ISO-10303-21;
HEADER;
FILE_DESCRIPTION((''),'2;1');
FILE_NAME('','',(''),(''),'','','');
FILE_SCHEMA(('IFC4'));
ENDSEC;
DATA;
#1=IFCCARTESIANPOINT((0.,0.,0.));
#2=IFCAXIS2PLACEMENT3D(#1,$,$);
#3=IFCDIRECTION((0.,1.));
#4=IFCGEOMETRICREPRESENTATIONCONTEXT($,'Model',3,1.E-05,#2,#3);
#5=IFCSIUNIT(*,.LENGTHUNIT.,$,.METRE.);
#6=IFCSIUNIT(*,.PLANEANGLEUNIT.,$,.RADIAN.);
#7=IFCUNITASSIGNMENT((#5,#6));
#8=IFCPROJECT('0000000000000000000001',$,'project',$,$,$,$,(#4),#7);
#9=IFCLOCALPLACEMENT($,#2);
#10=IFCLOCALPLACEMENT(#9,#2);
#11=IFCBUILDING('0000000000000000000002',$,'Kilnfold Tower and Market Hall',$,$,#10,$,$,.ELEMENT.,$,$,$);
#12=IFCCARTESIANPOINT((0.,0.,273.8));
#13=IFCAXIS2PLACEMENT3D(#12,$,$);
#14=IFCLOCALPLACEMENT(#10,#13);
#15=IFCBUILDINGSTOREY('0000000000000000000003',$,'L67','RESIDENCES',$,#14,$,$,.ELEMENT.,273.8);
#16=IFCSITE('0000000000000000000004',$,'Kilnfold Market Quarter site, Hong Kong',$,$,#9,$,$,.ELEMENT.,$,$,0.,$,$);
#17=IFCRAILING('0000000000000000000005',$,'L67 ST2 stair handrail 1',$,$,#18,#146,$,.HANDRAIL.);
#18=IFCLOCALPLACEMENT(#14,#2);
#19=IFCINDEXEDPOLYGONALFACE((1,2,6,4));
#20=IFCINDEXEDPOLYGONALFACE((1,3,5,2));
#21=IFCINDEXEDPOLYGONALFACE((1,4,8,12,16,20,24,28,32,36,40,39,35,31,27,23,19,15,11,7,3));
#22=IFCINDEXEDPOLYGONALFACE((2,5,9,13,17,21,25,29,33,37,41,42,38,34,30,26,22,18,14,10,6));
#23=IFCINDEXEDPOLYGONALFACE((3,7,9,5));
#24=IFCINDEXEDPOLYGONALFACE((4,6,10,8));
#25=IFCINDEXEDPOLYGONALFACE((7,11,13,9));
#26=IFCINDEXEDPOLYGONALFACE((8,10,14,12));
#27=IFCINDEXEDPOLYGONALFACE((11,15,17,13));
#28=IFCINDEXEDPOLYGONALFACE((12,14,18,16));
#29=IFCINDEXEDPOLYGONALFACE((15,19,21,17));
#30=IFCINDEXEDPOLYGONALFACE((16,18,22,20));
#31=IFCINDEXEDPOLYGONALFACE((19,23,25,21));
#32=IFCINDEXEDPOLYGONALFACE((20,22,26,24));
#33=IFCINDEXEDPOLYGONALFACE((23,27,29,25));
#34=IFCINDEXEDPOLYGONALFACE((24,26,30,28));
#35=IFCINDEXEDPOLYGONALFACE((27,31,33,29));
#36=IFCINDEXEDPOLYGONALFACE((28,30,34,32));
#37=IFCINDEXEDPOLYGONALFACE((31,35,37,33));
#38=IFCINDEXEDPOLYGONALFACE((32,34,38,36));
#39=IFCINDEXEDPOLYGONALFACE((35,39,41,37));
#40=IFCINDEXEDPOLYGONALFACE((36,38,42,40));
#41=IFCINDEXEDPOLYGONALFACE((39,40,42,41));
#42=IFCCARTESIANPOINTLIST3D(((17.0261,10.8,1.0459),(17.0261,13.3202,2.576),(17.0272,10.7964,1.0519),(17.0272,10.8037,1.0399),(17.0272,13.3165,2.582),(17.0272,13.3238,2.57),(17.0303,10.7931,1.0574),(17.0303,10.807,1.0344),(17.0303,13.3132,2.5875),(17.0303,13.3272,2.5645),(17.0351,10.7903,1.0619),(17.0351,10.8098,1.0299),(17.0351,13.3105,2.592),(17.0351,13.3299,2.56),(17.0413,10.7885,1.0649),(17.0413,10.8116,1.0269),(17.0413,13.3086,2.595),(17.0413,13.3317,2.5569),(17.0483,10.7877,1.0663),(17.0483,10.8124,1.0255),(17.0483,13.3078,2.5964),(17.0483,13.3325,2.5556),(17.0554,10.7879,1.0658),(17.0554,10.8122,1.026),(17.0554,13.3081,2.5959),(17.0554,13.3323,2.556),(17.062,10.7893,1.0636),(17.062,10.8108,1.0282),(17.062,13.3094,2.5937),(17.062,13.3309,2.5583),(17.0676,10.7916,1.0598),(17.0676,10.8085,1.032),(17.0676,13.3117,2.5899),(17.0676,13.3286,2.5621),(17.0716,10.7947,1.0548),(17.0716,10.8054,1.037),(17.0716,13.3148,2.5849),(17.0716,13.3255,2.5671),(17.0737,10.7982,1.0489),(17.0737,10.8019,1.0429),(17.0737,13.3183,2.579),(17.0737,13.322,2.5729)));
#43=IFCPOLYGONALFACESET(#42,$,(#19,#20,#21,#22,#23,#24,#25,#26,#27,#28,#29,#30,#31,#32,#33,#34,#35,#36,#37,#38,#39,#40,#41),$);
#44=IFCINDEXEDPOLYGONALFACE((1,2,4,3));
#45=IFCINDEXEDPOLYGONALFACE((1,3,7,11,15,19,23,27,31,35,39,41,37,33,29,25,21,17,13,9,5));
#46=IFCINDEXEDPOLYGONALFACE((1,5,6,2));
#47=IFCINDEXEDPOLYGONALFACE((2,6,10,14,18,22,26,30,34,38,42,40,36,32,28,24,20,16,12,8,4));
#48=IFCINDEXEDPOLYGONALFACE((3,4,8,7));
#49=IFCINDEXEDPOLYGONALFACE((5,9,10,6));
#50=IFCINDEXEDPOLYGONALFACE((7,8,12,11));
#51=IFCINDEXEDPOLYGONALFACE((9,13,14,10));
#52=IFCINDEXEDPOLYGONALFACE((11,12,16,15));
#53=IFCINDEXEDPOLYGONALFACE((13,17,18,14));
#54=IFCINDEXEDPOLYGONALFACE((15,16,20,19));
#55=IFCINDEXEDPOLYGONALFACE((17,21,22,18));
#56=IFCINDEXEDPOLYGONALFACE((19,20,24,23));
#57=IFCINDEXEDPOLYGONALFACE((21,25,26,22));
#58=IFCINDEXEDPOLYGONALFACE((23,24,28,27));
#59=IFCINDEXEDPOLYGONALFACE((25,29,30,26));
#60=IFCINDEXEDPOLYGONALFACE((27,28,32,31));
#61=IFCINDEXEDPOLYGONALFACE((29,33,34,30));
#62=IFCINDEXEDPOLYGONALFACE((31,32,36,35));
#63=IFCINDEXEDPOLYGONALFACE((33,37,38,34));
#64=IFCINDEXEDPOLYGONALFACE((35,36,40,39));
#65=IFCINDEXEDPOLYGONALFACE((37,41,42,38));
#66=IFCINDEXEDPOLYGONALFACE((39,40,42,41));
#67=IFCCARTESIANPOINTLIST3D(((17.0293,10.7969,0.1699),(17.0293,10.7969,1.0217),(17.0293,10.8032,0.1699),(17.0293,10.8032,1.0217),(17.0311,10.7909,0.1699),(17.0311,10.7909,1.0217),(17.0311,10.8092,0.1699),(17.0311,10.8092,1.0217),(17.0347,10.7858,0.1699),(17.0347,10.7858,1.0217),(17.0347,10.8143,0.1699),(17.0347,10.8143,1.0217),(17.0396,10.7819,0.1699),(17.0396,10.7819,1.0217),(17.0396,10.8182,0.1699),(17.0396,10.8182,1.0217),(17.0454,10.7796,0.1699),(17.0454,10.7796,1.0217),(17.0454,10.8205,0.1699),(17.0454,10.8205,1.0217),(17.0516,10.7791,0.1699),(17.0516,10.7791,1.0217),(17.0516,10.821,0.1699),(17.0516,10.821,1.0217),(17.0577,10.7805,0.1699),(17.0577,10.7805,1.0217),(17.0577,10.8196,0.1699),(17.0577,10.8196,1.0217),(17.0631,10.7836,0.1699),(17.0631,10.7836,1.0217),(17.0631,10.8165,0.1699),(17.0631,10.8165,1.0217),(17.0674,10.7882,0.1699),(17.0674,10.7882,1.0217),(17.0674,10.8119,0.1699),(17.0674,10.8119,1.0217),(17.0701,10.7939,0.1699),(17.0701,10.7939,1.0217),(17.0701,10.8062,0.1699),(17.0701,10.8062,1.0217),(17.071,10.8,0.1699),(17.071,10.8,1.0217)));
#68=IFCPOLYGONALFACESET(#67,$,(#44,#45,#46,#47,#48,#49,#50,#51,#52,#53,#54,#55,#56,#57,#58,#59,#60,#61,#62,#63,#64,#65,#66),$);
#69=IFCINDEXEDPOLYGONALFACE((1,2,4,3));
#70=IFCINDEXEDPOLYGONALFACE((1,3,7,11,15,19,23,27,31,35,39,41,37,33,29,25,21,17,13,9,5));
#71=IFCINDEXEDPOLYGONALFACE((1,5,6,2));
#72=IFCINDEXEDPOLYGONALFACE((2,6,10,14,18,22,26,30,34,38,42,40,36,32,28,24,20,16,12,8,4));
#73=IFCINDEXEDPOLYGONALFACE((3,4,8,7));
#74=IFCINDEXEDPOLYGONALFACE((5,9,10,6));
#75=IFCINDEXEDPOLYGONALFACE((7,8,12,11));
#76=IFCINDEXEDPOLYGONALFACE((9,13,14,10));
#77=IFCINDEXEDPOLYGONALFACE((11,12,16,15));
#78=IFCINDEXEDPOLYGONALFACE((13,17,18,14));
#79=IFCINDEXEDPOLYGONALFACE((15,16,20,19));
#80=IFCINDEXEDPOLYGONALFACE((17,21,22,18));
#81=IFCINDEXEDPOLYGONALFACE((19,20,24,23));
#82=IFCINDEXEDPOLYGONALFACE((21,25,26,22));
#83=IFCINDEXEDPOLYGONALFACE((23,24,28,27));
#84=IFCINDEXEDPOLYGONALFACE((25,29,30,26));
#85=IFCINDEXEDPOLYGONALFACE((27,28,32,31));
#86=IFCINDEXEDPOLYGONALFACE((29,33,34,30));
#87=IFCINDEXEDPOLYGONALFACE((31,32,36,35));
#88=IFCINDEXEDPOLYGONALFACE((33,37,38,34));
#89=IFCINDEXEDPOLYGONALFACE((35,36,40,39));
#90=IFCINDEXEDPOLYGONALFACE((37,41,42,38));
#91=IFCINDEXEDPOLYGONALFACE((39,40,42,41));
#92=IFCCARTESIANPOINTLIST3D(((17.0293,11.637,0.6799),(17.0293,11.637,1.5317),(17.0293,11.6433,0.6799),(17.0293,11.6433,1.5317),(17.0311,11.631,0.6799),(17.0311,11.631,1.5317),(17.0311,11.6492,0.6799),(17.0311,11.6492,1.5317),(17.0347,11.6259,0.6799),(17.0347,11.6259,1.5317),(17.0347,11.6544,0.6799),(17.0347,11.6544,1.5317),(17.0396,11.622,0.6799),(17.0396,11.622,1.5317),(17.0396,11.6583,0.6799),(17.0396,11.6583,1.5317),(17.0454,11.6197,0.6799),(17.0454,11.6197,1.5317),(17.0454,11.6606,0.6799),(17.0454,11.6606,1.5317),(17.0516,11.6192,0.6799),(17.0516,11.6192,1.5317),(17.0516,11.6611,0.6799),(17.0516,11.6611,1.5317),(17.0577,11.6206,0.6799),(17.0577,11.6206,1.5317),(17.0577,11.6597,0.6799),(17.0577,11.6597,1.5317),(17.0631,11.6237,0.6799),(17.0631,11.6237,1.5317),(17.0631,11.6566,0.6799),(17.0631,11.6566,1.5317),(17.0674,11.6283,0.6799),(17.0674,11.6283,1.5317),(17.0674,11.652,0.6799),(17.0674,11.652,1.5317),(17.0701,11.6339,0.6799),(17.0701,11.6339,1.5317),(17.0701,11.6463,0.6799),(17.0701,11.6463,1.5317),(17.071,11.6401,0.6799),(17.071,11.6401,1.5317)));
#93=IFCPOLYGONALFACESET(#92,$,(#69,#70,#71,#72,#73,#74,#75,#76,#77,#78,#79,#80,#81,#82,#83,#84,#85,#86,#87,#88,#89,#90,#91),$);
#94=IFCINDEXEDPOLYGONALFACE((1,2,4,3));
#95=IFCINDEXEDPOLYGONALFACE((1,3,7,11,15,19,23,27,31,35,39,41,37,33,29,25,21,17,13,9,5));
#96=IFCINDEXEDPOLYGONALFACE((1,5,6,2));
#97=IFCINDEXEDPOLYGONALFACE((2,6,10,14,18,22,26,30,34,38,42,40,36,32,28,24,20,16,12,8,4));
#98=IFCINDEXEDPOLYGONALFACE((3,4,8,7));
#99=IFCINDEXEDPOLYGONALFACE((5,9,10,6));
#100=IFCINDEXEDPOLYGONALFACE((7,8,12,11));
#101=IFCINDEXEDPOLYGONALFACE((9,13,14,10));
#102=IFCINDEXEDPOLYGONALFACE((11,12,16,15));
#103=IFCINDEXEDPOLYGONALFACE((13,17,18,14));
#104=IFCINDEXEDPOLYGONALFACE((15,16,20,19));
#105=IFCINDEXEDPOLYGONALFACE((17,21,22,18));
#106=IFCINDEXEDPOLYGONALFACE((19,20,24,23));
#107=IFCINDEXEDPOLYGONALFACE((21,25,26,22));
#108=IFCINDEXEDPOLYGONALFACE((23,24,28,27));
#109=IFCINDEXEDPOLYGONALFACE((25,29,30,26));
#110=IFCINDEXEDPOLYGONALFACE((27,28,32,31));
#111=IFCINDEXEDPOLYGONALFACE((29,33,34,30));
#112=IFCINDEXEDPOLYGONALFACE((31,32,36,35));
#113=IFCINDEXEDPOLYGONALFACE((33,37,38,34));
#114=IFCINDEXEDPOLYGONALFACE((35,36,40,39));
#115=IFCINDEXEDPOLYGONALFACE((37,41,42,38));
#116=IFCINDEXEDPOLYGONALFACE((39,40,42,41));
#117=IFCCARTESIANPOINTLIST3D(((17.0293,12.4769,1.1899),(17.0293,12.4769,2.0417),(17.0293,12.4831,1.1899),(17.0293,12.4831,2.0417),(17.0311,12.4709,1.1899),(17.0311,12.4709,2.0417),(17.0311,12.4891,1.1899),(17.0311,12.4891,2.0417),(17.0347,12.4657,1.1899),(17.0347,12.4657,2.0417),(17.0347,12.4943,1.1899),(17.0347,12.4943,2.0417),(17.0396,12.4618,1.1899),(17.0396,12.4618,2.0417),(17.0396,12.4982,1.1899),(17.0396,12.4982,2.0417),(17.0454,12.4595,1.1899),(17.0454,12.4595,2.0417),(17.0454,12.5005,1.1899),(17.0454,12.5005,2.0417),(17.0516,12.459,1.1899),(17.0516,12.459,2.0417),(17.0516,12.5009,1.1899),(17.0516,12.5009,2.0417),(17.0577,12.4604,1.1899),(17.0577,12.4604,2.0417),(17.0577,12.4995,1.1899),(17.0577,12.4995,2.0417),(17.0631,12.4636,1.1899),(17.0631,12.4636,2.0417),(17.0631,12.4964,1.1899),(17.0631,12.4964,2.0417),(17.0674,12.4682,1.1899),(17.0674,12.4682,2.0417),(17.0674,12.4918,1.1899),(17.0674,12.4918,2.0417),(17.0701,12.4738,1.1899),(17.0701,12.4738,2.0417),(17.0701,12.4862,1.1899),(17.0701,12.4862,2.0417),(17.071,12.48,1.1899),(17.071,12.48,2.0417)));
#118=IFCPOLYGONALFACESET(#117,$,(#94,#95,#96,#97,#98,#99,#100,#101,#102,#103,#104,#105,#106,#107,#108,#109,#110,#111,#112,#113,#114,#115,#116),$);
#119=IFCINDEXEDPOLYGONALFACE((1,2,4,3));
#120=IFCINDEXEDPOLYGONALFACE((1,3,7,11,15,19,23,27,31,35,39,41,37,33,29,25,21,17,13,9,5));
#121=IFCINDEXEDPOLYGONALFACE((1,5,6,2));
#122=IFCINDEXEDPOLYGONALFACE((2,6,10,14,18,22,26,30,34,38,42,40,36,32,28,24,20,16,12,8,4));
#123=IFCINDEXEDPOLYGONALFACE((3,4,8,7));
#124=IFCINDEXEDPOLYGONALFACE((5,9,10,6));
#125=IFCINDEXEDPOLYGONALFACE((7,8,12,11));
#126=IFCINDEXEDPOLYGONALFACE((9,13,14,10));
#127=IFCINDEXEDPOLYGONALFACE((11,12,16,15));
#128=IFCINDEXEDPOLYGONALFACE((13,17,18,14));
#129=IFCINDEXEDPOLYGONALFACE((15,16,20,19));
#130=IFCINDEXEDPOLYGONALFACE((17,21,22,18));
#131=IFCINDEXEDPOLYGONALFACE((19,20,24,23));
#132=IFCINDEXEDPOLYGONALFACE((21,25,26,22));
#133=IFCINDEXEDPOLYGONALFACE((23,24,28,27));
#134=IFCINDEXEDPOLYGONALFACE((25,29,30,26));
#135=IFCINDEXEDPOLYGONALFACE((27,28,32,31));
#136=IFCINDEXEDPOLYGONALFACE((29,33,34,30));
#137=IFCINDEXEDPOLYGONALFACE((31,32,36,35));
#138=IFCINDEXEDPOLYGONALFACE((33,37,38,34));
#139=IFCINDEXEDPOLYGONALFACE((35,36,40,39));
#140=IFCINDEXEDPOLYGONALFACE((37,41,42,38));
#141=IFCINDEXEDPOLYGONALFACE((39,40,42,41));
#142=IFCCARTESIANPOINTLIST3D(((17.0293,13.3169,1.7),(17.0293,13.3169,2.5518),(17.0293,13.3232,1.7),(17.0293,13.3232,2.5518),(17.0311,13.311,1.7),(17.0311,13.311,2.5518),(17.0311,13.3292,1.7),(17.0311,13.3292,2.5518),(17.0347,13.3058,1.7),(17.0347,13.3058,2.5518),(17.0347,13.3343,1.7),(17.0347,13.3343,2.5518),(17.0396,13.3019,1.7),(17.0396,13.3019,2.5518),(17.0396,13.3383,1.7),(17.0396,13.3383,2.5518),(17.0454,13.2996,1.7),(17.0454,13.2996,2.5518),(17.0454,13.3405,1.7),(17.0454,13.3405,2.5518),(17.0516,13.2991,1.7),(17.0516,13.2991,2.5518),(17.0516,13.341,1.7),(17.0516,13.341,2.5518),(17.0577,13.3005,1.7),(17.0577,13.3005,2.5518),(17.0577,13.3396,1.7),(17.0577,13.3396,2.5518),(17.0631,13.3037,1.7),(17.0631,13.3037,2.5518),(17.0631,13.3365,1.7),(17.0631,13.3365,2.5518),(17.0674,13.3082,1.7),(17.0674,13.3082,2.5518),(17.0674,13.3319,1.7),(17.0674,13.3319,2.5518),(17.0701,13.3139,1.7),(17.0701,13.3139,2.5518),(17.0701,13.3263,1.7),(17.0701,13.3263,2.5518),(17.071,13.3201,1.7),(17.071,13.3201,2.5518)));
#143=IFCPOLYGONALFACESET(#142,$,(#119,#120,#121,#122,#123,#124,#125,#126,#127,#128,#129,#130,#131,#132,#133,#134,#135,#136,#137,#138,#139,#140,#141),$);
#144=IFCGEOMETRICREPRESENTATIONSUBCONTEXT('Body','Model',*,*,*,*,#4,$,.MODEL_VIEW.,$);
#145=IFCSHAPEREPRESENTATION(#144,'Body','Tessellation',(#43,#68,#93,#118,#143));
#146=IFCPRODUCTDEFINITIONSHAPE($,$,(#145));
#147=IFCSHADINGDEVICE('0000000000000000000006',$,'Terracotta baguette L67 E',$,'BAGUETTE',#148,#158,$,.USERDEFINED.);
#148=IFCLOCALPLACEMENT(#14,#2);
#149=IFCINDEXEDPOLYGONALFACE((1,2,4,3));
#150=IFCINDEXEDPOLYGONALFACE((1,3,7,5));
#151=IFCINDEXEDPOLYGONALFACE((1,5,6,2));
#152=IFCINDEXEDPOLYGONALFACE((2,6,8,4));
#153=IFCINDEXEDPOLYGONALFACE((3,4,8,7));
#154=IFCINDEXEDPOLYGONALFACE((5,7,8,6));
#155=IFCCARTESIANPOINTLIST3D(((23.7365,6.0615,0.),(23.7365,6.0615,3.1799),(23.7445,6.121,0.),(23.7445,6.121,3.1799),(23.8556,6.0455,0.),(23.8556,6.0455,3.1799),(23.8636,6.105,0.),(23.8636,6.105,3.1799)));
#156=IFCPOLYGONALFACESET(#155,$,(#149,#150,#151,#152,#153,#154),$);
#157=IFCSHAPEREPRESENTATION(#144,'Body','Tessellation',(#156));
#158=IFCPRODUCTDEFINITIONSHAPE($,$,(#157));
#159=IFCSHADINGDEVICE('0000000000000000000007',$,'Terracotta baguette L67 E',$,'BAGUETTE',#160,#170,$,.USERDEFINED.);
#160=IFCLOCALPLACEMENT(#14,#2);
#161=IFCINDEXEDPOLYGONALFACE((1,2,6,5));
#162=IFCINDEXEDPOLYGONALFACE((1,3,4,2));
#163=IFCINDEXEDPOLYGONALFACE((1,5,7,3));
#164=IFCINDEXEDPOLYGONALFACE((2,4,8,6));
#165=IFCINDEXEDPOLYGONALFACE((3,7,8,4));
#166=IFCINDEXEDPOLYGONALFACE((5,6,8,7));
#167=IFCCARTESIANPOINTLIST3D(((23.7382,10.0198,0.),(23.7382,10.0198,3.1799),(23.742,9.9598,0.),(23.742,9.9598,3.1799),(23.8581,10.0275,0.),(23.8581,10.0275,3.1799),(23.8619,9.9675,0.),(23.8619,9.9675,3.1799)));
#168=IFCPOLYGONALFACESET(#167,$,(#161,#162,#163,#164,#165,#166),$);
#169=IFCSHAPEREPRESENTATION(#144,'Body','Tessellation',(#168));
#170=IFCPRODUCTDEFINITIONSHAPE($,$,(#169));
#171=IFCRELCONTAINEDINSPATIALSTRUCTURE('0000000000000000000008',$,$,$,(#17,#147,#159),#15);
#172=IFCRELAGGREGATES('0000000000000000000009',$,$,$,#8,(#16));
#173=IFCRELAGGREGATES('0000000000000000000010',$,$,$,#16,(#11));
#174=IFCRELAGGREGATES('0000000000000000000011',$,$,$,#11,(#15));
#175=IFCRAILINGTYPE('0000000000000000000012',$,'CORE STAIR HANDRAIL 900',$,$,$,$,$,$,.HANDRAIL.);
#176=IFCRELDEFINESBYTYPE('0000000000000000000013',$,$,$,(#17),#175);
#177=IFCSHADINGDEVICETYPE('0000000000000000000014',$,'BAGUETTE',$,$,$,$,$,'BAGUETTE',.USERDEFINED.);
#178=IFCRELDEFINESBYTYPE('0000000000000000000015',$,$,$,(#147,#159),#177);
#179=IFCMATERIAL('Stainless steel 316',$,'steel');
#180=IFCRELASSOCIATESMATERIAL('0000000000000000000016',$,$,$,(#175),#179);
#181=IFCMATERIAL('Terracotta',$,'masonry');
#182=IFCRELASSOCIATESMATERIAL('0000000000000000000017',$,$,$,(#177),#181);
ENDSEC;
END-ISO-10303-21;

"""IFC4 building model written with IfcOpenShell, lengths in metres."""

from ifc_helpers import new_model, si_unit, direction, frame, origin, origin_2d, place, context, subcontext, project, spatial, rectangle, circle, extrude, source, transform, mapped, material, material_profile, profile_set, type_object, element, save


model = new_model("IFC4")

# Units and contexts
model_context = context("Model", 3, precision=1e-05, world=origin(), true_north=direction((0.0, 1.0)))
body_context = subcontext(model_context, "Body", "Model", "MODEL_VIEW")
ifc_project = project(units=[si_unit("LENGTHUNIT", "METRE"), si_unit("PLANEANGLEUNIT", "RADIAN")], contexts=[model_context])

# Site, building, storey
site_placement = place(None, origin())
site = spatial("IfcSite", under=ifc_project, at=site_placement, Name="Kilnfold Market Quarter site, Hong Kong", CompositionType="ELEMENT", RefElevation=0.0)
building_placement = place(site_placement, origin())
building = spatial("IfcBuilding", under=site, at=building_placement, Name="Kilnfold Tower and Market Hall", CompositionType="ELEMENT")
storey_placement = place(building_placement, frame((0.0, 0.0, 273.8)))
storey = spatial("IfcBuildingStorey", under=building, at=storey_placement, Name="L67", Description="RESIDENCES", CompositionType="ELEMENT", Elevation=273.8)

# Railing
ifc_material_1 = material(Name="Stainless steel 316", Category="steel")
railing_type_1 = type_object("IfcRailingType", Name="CORE STAIR HANDRAIL 900", PredefinedType="HANDRAIL", material=ifc_material_1)
railing_1_placement = place(storey_placement, frame((17.05, 10.8, 0.1699)))
element("IfcRailing", 1, at=railing_1_placement, inside=storey, type_object=railing_type_1, Name="L67 ST2 stair handrail 1", PredefinedType="HANDRAIL", context=body_context, shape_type="SweptSolid", body=[
    extrude(circle(Radius=0.0239, at=origin_2d()), frame((0.0, 0.0, 0.876), z_axis=(0.0, 0.854785, 0.518982), x_axis=(-1.0, 0.0, 0.0)), (0.0, 0.0, 1.0), 2.9482),
    extrude(circle(Radius=0.021, at=origin_2d()), origin(), (0.0, 0.0, 1.0), 0.8518),
    extrude(circle(Radius=0.021, at=origin_2d()), frame((0.0, 0.8401, 0.51)), (0.0, 0.0, 1.0), 0.8518),
    extrude(circle(Radius=0.021, at=origin_2d()), frame((0.0, 1.6799, 1.02)), (0.0, 0.0, 1.0), 0.8518),
    extrude(circle(Radius=0.021, at=origin_2d()), frame((0.0, 2.52, 1.53)), (0.0, 0.0, 1.0), 0.8518),
])

# Shading devices
ifc_material_2 = material(Name="Terracotta", Category="masonry")
ifc_material_profile_1 = material_profile(ifc_material_2, rectangle(XDim=0.0601, YDim=0.1201, at=origin_2d()), Name="BAG 60x120")
ifc_profile_set_1 = profile_set([ifc_material_profile_1], Name="Terracotta")
shading_device_type = type_object("IfcShadingDeviceType", Name="BAGUETTE", ElementType="BAGUETTE", PredefinedType="USERDEFINED", material=ifc_profile_set_1)
shared_shape_1 = source(origin(), body_context, "Body", "SweptSolid", [
    extrude(rectangle(XDim=0.0601, YDim=0.1201, at=origin_2d()), origin(), (0.0, 0.0, 1.0), 3.1799),
])
for number, where, z_axis, x_axis, name in (
    (2, (23.8, 6.0833, 0.0), (0.0, 0.0, 1.0), (0.13331, 0.991074, 0.0), "Terracotta baguette L67 E"),
    (3, (23.8, 9.9937, 0.0), (0.0, 0.0, 1.0), (-0.063987, 0.997951, 0.0), "Terracotta baguette L67 E"),
):
    element("IfcShadingDevice", number, at=place(storey_placement, frame(where, z_axis=z_axis, x_axis=x_axis)), inside=storey, type_object=shading_device_type, Name=name, ObjectType="BAGUETTE", PredefinedType="USERDEFINED", context=body_context, shape_type="MappedRepresentation", body=[
        mapped(shared_shape_1, transform((0.0, 0.0, 0.0))),
    ])

save(model, "model.ifc")
